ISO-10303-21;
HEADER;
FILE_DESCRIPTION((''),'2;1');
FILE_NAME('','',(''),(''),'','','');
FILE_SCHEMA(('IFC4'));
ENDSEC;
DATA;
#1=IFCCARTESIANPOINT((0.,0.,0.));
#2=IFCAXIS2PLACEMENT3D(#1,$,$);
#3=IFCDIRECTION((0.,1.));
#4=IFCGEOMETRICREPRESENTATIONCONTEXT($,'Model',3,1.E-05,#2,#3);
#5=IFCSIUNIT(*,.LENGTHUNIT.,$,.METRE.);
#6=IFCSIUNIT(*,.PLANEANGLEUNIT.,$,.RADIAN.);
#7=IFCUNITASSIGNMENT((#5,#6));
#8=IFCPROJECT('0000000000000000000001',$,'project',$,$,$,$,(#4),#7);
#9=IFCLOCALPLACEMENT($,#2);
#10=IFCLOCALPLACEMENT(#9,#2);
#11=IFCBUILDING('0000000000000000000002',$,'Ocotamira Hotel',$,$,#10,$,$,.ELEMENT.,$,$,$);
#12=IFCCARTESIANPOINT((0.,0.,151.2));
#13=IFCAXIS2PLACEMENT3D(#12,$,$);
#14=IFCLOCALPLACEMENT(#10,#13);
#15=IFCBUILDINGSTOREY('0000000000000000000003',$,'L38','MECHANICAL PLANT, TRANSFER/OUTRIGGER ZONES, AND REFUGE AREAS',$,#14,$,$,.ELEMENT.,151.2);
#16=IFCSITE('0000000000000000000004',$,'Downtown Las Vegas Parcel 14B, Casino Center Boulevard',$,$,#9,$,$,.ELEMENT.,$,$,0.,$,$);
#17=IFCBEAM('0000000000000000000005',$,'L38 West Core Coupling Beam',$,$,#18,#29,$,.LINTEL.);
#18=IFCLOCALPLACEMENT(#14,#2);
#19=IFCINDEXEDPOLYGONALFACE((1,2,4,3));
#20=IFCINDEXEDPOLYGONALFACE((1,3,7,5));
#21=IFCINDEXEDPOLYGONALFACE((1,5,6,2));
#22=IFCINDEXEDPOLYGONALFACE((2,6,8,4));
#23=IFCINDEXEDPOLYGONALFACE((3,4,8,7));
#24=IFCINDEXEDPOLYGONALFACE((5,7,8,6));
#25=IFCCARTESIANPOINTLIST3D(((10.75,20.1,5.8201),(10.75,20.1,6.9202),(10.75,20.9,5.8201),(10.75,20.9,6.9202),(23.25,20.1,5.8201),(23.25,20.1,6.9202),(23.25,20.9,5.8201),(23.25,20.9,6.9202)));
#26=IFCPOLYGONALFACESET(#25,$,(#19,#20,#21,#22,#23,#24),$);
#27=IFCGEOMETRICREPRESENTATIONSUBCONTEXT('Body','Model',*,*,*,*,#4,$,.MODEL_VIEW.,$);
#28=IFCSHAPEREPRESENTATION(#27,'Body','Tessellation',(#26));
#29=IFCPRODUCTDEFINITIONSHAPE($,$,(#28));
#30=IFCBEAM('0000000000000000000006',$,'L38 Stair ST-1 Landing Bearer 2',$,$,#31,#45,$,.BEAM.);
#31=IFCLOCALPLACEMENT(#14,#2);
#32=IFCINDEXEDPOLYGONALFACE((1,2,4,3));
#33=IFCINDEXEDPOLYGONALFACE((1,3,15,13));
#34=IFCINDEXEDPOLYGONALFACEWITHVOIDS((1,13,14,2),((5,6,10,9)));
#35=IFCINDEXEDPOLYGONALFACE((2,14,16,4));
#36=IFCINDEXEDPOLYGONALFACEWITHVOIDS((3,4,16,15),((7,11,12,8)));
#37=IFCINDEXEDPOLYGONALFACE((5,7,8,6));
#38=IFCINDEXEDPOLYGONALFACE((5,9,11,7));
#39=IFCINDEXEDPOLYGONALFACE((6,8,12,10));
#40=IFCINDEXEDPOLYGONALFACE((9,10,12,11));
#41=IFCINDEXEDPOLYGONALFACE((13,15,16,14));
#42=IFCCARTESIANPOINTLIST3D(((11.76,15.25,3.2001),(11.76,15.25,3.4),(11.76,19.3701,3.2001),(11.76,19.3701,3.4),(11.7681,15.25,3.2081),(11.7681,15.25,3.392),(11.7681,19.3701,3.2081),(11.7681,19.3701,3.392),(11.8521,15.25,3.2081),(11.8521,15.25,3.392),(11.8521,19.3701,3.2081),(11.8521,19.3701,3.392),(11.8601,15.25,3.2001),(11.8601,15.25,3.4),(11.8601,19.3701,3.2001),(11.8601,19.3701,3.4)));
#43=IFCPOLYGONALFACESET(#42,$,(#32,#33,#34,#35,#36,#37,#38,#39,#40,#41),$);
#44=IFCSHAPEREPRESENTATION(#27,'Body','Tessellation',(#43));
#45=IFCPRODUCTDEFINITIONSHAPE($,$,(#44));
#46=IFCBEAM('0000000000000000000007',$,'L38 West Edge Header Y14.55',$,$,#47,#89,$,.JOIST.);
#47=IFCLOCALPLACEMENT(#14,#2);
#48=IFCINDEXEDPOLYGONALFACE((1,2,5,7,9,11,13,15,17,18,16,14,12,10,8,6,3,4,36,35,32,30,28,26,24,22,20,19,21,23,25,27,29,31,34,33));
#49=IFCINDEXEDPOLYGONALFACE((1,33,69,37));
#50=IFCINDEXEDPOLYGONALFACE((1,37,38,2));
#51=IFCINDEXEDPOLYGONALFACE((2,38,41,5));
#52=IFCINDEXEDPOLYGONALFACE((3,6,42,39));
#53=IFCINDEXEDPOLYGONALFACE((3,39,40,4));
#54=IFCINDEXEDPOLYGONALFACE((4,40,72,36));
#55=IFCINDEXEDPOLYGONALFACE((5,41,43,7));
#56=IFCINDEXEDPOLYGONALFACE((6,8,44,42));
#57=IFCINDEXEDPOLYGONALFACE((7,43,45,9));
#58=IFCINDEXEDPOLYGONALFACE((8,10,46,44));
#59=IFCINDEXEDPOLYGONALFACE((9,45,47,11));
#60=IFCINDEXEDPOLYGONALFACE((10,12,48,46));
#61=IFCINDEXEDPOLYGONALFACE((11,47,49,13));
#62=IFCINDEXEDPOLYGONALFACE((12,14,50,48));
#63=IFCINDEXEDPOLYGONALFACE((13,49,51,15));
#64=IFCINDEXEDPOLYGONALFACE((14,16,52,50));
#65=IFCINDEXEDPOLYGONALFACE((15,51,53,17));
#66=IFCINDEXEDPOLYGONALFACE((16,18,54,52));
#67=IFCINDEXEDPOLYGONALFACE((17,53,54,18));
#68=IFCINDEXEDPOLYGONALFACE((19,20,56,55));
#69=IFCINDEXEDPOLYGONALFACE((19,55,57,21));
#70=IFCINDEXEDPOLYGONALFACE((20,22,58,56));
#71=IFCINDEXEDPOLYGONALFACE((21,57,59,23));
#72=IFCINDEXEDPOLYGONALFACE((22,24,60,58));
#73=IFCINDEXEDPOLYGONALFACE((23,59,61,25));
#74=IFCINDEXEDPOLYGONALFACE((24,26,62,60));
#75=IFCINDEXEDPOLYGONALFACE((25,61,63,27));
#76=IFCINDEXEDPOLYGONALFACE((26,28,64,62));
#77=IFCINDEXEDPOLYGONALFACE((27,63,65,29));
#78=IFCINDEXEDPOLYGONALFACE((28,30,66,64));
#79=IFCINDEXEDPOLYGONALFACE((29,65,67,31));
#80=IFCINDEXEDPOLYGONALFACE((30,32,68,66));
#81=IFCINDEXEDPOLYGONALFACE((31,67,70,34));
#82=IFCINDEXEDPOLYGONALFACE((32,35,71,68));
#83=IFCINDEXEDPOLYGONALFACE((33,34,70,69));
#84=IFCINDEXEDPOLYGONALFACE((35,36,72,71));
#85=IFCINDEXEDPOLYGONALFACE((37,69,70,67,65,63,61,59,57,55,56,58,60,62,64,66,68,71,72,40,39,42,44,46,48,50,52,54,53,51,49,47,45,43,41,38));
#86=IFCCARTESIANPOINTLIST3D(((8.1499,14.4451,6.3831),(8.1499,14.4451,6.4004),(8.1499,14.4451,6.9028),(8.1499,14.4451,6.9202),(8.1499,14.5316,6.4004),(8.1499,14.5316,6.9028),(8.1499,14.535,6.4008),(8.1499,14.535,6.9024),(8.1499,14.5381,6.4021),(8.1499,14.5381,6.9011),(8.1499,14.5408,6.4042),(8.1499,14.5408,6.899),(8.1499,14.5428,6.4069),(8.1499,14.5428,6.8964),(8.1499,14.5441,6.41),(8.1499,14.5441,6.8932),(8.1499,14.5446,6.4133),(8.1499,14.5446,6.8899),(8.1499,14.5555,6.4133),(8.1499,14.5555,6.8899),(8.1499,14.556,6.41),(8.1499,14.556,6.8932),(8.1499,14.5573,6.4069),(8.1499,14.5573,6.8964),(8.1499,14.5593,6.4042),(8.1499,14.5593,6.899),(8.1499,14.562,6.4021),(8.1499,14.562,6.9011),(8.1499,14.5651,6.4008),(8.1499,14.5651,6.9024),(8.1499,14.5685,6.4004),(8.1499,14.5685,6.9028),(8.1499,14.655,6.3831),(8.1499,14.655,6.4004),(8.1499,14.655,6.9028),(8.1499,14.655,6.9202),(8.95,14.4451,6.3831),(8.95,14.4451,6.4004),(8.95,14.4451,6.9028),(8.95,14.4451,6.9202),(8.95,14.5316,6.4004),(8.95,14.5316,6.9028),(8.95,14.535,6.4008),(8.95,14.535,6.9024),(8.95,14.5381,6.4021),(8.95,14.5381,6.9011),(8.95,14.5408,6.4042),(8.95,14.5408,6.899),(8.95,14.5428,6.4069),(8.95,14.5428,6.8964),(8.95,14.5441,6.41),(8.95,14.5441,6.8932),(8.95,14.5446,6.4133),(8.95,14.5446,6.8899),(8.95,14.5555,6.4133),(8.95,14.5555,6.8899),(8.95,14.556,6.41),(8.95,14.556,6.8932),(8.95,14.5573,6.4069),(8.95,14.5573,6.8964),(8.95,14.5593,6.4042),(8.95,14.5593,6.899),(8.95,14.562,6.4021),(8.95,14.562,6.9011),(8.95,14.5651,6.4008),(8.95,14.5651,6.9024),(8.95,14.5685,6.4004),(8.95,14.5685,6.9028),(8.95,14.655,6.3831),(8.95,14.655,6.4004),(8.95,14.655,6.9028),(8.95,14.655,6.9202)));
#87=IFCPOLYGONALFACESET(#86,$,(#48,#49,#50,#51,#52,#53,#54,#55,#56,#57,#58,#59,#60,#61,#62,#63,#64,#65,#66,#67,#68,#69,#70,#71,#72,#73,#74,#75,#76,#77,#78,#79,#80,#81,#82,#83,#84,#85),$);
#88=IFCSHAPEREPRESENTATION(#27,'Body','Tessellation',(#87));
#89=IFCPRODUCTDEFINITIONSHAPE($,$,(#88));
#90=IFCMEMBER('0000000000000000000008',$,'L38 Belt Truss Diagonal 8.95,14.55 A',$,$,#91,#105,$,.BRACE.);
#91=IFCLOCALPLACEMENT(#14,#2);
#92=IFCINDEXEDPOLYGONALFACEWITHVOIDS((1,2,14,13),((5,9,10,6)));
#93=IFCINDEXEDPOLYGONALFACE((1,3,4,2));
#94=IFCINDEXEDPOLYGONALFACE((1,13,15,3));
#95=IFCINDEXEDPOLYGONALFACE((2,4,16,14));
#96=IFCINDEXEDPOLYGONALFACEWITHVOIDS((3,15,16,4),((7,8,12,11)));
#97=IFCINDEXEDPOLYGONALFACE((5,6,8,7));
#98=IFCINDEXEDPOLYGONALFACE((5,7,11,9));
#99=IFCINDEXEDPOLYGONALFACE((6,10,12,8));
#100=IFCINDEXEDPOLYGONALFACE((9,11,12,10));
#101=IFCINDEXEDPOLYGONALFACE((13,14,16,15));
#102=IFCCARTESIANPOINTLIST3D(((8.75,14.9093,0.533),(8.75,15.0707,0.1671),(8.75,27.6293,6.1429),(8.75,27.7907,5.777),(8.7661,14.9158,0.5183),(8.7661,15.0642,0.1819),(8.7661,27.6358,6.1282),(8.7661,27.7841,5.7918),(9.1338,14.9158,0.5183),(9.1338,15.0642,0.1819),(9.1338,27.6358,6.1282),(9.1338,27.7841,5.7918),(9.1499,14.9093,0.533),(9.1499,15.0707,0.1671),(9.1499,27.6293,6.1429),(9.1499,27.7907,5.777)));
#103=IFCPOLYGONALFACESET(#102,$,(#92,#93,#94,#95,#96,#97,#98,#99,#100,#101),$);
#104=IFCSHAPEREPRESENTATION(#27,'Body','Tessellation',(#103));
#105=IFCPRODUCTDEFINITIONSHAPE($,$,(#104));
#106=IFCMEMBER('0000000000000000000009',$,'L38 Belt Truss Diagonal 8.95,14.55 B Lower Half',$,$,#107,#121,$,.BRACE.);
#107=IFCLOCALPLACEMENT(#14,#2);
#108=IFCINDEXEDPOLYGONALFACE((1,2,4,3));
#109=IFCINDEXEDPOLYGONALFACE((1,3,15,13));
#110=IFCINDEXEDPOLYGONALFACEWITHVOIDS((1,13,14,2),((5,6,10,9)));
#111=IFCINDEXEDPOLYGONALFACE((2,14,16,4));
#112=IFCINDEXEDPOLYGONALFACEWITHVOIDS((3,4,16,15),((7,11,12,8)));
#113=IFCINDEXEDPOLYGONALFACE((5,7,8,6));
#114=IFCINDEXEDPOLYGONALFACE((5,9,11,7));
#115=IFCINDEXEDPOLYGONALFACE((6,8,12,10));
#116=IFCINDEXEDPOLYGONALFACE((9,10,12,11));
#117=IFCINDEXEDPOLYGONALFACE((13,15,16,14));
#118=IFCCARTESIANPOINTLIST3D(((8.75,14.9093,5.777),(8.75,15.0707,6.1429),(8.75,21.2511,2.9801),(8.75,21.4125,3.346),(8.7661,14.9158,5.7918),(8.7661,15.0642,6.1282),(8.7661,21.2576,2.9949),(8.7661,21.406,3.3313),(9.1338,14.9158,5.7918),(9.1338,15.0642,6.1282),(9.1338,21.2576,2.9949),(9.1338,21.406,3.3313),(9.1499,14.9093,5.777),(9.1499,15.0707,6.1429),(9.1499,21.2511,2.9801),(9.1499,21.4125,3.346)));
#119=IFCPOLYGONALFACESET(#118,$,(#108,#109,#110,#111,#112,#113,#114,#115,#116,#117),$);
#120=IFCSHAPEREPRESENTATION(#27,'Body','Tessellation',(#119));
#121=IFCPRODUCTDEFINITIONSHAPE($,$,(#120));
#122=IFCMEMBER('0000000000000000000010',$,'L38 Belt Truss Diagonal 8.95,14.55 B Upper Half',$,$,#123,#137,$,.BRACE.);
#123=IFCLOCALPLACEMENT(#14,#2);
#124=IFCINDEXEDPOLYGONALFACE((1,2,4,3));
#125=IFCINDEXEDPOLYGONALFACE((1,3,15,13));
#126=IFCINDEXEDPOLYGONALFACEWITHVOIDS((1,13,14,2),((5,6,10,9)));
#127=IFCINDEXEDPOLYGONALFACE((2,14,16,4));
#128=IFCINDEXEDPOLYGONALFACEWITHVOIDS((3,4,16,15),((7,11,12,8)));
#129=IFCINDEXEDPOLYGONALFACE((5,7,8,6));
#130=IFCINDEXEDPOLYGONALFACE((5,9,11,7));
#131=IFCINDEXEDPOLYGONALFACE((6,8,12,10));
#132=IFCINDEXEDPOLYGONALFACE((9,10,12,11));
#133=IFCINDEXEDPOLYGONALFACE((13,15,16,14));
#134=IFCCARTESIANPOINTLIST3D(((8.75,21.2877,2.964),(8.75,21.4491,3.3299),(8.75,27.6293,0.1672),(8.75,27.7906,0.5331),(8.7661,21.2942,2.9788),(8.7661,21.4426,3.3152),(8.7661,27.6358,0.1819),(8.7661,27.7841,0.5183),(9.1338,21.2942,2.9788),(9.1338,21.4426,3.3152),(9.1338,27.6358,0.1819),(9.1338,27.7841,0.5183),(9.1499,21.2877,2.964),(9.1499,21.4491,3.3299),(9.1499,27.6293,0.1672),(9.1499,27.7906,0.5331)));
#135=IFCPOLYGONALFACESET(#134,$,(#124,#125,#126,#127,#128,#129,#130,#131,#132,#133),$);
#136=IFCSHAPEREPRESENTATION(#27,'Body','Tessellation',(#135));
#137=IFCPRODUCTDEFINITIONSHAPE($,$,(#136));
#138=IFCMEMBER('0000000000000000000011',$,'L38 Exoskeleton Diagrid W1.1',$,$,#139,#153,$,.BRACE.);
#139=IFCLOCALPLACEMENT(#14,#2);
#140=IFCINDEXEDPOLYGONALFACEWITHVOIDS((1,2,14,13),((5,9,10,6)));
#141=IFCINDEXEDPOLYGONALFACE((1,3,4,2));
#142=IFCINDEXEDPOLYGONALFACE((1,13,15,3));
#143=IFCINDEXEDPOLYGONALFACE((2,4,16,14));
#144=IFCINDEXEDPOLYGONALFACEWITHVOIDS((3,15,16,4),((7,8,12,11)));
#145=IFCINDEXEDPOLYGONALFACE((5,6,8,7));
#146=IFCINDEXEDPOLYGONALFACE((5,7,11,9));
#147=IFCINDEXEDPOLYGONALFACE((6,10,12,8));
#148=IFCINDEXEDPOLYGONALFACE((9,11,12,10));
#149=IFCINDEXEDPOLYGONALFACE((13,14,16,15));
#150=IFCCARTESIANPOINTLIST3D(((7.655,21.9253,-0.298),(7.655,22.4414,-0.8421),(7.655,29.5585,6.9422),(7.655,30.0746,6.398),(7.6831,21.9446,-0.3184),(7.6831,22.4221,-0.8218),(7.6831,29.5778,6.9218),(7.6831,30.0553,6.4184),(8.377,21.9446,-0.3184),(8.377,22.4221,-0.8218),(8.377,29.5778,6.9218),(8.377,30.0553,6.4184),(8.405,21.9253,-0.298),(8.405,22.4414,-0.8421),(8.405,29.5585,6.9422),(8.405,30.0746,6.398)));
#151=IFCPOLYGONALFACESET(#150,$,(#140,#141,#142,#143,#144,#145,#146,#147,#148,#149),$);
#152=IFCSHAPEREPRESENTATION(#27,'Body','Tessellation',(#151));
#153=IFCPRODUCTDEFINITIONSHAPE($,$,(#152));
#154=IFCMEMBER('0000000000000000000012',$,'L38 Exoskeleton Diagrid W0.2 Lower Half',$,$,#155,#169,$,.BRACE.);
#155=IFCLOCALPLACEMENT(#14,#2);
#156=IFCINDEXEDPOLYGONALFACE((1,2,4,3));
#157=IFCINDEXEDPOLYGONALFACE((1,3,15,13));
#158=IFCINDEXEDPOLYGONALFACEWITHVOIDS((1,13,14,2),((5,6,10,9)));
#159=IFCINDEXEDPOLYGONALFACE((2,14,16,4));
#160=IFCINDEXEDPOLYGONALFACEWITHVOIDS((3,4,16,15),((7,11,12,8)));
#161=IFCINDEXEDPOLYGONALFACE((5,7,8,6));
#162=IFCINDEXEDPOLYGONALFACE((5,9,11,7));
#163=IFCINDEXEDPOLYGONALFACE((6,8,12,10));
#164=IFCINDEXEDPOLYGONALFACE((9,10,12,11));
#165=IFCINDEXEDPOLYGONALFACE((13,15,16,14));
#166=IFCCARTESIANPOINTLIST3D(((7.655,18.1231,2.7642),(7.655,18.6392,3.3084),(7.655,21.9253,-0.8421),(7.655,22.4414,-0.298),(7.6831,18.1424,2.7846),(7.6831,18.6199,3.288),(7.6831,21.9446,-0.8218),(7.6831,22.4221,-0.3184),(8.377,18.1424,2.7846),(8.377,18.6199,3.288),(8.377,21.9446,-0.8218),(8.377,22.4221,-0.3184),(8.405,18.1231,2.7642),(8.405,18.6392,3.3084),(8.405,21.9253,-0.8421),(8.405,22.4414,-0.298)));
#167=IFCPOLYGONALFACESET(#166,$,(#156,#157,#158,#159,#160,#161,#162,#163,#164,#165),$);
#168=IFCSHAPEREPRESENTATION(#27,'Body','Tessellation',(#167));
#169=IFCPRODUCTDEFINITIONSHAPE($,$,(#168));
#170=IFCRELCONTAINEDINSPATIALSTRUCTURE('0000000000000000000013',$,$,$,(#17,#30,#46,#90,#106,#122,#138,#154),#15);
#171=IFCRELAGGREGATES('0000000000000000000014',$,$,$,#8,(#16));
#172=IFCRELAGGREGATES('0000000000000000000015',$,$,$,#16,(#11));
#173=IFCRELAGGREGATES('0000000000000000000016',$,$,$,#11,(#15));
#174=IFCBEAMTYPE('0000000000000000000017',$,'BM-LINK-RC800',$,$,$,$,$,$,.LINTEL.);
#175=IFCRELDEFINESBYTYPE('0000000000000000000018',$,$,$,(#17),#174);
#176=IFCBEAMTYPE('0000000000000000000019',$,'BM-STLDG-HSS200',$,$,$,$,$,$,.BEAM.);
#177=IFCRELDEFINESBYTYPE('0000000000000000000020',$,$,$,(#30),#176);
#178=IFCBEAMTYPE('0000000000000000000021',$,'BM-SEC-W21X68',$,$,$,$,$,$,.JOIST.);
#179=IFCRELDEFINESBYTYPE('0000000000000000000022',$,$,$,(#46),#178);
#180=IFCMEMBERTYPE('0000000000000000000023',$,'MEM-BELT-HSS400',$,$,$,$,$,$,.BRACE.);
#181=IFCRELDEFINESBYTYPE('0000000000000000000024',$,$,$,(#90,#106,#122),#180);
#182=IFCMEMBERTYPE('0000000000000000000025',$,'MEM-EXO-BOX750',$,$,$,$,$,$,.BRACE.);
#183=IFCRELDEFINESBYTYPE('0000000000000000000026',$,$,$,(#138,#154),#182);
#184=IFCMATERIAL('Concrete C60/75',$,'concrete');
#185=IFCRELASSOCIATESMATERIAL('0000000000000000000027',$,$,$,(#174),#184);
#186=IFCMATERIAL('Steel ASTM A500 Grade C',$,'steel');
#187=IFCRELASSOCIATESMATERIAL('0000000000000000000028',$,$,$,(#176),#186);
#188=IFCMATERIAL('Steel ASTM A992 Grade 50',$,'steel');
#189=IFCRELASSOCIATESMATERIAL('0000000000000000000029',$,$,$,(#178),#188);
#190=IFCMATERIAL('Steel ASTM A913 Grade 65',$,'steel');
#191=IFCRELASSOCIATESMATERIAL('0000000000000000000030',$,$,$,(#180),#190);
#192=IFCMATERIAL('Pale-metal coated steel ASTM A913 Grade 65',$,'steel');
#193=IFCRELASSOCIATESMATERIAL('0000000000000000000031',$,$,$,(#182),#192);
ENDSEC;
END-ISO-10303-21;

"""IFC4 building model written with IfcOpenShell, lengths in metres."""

from ifc_helpers import new_model, si_unit, direction, frame, origin, origin_2d, place, context, subcontext, project, spatial, rectangle, hollow_rectangle, i_section, extrude, source, transform, mapped, material, material_profile, profile_set, type_object, element, save


model = new_model("IFC4")

# Units and contexts
model_context = context("Model", 3, precision=1e-05, world=origin(), true_north=direction((0.0, 1.0)))
body_context = subcontext(model_context, "Body", "Model", "MODEL_VIEW")
ifc_project = project(units=[si_unit("LENGTHUNIT", "METRE"), si_unit("PLANEANGLEUNIT", "RADIAN")], contexts=[model_context])

# Site, building, storey
site_placement = place(None, origin())
site = spatial("IfcSite", under=ifc_project, at=site_placement, Name="Downtown Las Vegas Parcel 14B, Casino Center Boulevard", CompositionType="ELEMENT", RefElevation=0.0)
building_placement = place(site_placement, origin())
building = spatial("IfcBuilding", under=site, at=building_placement, Name="Ocotamira Hotel", CompositionType="ELEMENT")
storey_placement = place(building_placement, frame((0.0, 0.0, 151.2)))
storey = spatial("IfcBuildingStorey", under=building, at=storey_placement, Name="L38", Description="MECHANICAL PLANT, TRANSFER/OUTRIGGER ZONES, AND REFUGE AREAS", CompositionType="ELEMENT", Elevation=151.2)

# Beams
ifc_material_1 = material(Name="Concrete C60/75", Category="concrete")
ifc_material_profile_1 = material_profile(ifc_material_1, rectangle(XDim=0.8, YDim=1.1001, at=origin_2d()), Name="RC800X1100")
ifc_profile_set_1 = profile_set([ifc_material_profile_1], Name="Concrete C60/75")
beam_type_1 = type_object("IfcBeamType", Name="BM-LINK-RC800", PredefinedType="LINTEL", material=ifc_profile_set_1)
shared_shape_1 = source(origin(), body_context, "Body", "SweptSolid", [
    extrude(rectangle(XDim=0.8, YDim=1.1001, at=origin_2d()), origin(), (0.0, 0.0, 1.0), 12.5),
])
beam_1_placement = place(storey_placement, frame((10.75, 20.5, 6.3701), z_axis=(1.0, 0.0, 0.0), x_axis=(0.0, 1.0, 0.0)))
element("IfcBeam", 1, at=beam_1_placement, inside=storey, type_object=beam_type_1, Name="L38 West Core Coupling Beam", PredefinedType="LINTEL", context=body_context, shape_type="MappedRepresentation", body=[
    mapped(shared_shape_1, transform((0.0, 0.0, 0.0), scale=1.0)),
])
ifc_material_2 = material(Name="Steel ASTM A500 Grade C", Category="steel")
ifc_material_profile_2 = material_profile(ifc_material_2, hollow_rectangle(XDim=0.1001, YDim=0.2, WallThickness=0.0081, at=origin_2d()), Name="HSS200X100X8")
ifc_profile_set_2 = profile_set([ifc_material_profile_2], Name="Steel ASTM A500 Grade C")
beam_type_2 = type_object("IfcBeamType", Name="BM-STLDG-HSS200", PredefinedType="BEAM", material=ifc_profile_set_2)
shared_shape_2 = source(origin(), body_context, "Body", "SweptSolid", [
    extrude(hollow_rectangle(XDim=0.1001, YDim=0.2, WallThickness=0.0081, at=origin_2d()), origin(), (0.0, 0.0, 1.0), 4.1201),
])
beam_2_placement = place(storey_placement, frame((11.8101, 15.25, 3.3), z_axis=(0.0, 1.0, 0.0), x_axis=(-1.0, 0.0, 0.0)))
element("IfcBeam", 2, at=beam_2_placement, inside=storey, type_object=beam_type_2, Name="L38 Stair ST-1 Landing Bearer 2", PredefinedType="BEAM", context=body_context, shape_type="MappedRepresentation", body=[
    mapped(shared_shape_2, transform((0.0, 0.0, 0.0), scale=1.0)),
])
ifc_material_3 = material(Name="Steel ASTM A992 Grade 50", Category="steel")
ifc_material_profile_3 = material_profile(ifc_material_3, i_section(OverallWidth=0.21, OverallDepth=0.5371, WebThickness=0.011, FlangeThickness=0.0173, FilletRadius=0.0129, at=origin_2d()), Name="W21X68")
ifc_profile_set_3 = profile_set([ifc_material_profile_3], Name="Steel ASTM A992 Grade 50")
beam_type_3 = type_object("IfcBeamType", Name="BM-SEC-W21X68", PredefinedType="JOIST", material=ifc_profile_set_3)
shared_shape_3 = source(origin(), body_context, "Body", "SweptSolid", [
    extrude(i_section(OverallWidth=0.21, OverallDepth=0.5371, WebThickness=0.011, FlangeThickness=0.0173, FilletRadius=0.0129, at=origin_2d()), origin(), (0.0, 0.0, 1.0), 0.8),
])
beam_3_placement = place(storey_placement, frame((8.95, 14.55, 6.6516), z_axis=(-1.0, 0.0, 0.0), x_axis=(0.0, -1.0, 0.0)))
element("IfcBeam", 3, at=beam_3_placement, inside=storey, type_object=beam_type_3, Name="L38 West Edge Header Y14.55", PredefinedType="JOIST", context=body_context, shape_type="MappedRepresentation", body=[
    mapped(shared_shape_3, transform((0.0, 0.0, 0.0), scale=1.0)),
])

# Members
ifc_material_4 = material(Name="Steel ASTM A913 Grade 65", Category="steel")
ifc_material_profile_4 = material_profile(ifc_material_4, hollow_rectangle(XDim=0.3999, YDim=0.3999, WallThickness=0.0161, at=origin_2d()), Name="HSS400X400X16")
ifc_profile_set_4 = profile_set([ifc_material_profile_4], Name="Steel ASTM A913 Grade 65")
member_type_1 = type_object("IfcMemberType", Name="MEM-BELT-HSS400", PredefinedType="BRACE", material=ifc_profile_set_4)
shared_shape_4 = source(origin(), body_context, "Body", "SweptSolid", [
    extrude(hollow_rectangle(XDim=0.3999, YDim=0.3999, WallThickness=0.0161, at=origin_2d()), origin(), (0.0, 0.0, 1.0), 13.9021),
])
member_1_placement = place(storey_placement, frame((8.95, 14.99, 0.3501), z_axis=(0.0, 0.914968, 0.403526), x_axis=(-1.0, 0.0, 0.0)))
element("IfcMember", 4, at=member_1_placement, inside=storey, type_object=member_type_1, Name="L38 Belt Truss Diagonal 8.95,14.55 A", PredefinedType="BRACE", context=body_context, shape_type="MappedRepresentation", body=[
    mapped(shared_shape_4, transform((0.0, 0.0, 0.0), scale=1.0)),
])
shared_shape_5 = source(origin(), body_context, "Body", "SweptSolid", [
    extrude(hollow_rectangle(XDim=0.3999, YDim=0.3999, WallThickness=0.0161, at=origin_2d()), origin(), (0.0, 0.0, 1.0), 6.9312),
])
member_2_placement = place(storey_placement, frame((8.95, 14.99, 5.96), z_axis=(0.0, 0.91497, -0.403522), x_axis=(-1.0, 0.0, 0.0)))
element("IfcMember", 5, at=member_2_placement, inside=storey, type_object=member_type_1, Name="L38 Belt Truss Diagonal 8.95,14.55 B Lower Half", PredefinedType="BRACE", context=body_context, shape_type="MappedRepresentation", body=[
    mapped(shared_shape_5, transform((0.0, 0.0, 0.0), scale=1.0)),
])
shared_shape_6 = source(origin(), body_context, "Body", "SweptSolid", [
    extrude(hollow_rectangle(XDim=0.3999, YDim=0.3999, WallThickness=0.0161, at=origin_2d()), origin(), (0.0, 0.0, 1.0), 6.9309),
])
member_3_placement = place(storey_placement, frame((8.95, 21.3684, 3.147), z_axis=(0.0, 0.914964, -0.403535), x_axis=(-1.0, 0.0, 0.0)))
element("IfcMember", 6, at=member_3_placement, inside=storey, type_object=member_type_1, Name="L38 Belt Truss Diagonal 8.95,14.55 B Upper Half", PredefinedType="BRACE", context=body_context, shape_type="MappedRepresentation", body=[
    mapped(shared_shape_6, transform((0.0, 0.0, 0.0), scale=1.0)),
])
ifc_material_5 = material(Name="Pale-metal coated steel ASTM A913 Grade 65", Category="steel")
ifc_material_profile_5 = material_profile(ifc_material_5, hollow_rectangle(XDim=0.75, YDim=0.75, WallThickness=0.0281, at=origin_2d()), Name="BOX750X750X28")
ifc_profile_set_5 = profile_set([ifc_material_profile_5], Name="Pale-metal coated steel ASTM A913 Grade 65")
member_type_2 = type_object("IfcMemberType", Name="MEM-EXO-BOX750", PredefinedType="BRACE", material=ifc_profile_set_5)
shared_shape_7 = source(origin(), body_context, "Body", "SweptSolid", [
    extrude(hollow_rectangle(XDim=0.75, YDim=0.75, WallThickness=0.0281, at=origin_2d()), origin(), (0.0, 0.0, 1.0), 10.5208),
])
member_4_placement = place(storey_placement, frame((8.03, 22.1833, -0.5701), z_axis=(0.0, 0.72554, 0.68818), x_axis=(-1.0, 0.0, 0.0)))
element("IfcMember", 7, at=member_4_placement, inside=storey, type_object=member_type_2, Name="L38 Exoskeleton Diagrid W1.1", PredefinedType="BRACE", context=body_context, shape_type="MappedRepresentation", body=[
    mapped(shared_shape_7, transform((0.0, 0.0, 0.0), scale=1.0)),
])
shared_shape_8 = source(origin(), body_context, "Body", "SweptSolid", [
    extrude(hollow_rectangle(XDim=0.75, YDim=0.75, WallThickness=0.0281, at=origin_2d()), origin(), (0.0, 0.0, 1.0), 5.2405),
])
for number, where, z_axis, x_axis, name in (
    (8, (8.03, 22.1833, -0.5701), (0.0, -0.725541, 0.688179), (1.0, 0.0, 0.0), "L38 Exoskeleton Diagrid W0.2 Lower Half"),
):
    element("IfcMember", number, at=place(storey_placement, frame(where, z_axis=z_axis, x_axis=x_axis)), inside=storey, type_object=member_type_2, Name=name, PredefinedType="BRACE", context=body_context, shape_type="MappedRepresentation", body=[
        mapped(shared_shape_8, transform((0.0, 0.0, 0.0), scale=1.0)),
    ])

save(model, "model.ifc")
